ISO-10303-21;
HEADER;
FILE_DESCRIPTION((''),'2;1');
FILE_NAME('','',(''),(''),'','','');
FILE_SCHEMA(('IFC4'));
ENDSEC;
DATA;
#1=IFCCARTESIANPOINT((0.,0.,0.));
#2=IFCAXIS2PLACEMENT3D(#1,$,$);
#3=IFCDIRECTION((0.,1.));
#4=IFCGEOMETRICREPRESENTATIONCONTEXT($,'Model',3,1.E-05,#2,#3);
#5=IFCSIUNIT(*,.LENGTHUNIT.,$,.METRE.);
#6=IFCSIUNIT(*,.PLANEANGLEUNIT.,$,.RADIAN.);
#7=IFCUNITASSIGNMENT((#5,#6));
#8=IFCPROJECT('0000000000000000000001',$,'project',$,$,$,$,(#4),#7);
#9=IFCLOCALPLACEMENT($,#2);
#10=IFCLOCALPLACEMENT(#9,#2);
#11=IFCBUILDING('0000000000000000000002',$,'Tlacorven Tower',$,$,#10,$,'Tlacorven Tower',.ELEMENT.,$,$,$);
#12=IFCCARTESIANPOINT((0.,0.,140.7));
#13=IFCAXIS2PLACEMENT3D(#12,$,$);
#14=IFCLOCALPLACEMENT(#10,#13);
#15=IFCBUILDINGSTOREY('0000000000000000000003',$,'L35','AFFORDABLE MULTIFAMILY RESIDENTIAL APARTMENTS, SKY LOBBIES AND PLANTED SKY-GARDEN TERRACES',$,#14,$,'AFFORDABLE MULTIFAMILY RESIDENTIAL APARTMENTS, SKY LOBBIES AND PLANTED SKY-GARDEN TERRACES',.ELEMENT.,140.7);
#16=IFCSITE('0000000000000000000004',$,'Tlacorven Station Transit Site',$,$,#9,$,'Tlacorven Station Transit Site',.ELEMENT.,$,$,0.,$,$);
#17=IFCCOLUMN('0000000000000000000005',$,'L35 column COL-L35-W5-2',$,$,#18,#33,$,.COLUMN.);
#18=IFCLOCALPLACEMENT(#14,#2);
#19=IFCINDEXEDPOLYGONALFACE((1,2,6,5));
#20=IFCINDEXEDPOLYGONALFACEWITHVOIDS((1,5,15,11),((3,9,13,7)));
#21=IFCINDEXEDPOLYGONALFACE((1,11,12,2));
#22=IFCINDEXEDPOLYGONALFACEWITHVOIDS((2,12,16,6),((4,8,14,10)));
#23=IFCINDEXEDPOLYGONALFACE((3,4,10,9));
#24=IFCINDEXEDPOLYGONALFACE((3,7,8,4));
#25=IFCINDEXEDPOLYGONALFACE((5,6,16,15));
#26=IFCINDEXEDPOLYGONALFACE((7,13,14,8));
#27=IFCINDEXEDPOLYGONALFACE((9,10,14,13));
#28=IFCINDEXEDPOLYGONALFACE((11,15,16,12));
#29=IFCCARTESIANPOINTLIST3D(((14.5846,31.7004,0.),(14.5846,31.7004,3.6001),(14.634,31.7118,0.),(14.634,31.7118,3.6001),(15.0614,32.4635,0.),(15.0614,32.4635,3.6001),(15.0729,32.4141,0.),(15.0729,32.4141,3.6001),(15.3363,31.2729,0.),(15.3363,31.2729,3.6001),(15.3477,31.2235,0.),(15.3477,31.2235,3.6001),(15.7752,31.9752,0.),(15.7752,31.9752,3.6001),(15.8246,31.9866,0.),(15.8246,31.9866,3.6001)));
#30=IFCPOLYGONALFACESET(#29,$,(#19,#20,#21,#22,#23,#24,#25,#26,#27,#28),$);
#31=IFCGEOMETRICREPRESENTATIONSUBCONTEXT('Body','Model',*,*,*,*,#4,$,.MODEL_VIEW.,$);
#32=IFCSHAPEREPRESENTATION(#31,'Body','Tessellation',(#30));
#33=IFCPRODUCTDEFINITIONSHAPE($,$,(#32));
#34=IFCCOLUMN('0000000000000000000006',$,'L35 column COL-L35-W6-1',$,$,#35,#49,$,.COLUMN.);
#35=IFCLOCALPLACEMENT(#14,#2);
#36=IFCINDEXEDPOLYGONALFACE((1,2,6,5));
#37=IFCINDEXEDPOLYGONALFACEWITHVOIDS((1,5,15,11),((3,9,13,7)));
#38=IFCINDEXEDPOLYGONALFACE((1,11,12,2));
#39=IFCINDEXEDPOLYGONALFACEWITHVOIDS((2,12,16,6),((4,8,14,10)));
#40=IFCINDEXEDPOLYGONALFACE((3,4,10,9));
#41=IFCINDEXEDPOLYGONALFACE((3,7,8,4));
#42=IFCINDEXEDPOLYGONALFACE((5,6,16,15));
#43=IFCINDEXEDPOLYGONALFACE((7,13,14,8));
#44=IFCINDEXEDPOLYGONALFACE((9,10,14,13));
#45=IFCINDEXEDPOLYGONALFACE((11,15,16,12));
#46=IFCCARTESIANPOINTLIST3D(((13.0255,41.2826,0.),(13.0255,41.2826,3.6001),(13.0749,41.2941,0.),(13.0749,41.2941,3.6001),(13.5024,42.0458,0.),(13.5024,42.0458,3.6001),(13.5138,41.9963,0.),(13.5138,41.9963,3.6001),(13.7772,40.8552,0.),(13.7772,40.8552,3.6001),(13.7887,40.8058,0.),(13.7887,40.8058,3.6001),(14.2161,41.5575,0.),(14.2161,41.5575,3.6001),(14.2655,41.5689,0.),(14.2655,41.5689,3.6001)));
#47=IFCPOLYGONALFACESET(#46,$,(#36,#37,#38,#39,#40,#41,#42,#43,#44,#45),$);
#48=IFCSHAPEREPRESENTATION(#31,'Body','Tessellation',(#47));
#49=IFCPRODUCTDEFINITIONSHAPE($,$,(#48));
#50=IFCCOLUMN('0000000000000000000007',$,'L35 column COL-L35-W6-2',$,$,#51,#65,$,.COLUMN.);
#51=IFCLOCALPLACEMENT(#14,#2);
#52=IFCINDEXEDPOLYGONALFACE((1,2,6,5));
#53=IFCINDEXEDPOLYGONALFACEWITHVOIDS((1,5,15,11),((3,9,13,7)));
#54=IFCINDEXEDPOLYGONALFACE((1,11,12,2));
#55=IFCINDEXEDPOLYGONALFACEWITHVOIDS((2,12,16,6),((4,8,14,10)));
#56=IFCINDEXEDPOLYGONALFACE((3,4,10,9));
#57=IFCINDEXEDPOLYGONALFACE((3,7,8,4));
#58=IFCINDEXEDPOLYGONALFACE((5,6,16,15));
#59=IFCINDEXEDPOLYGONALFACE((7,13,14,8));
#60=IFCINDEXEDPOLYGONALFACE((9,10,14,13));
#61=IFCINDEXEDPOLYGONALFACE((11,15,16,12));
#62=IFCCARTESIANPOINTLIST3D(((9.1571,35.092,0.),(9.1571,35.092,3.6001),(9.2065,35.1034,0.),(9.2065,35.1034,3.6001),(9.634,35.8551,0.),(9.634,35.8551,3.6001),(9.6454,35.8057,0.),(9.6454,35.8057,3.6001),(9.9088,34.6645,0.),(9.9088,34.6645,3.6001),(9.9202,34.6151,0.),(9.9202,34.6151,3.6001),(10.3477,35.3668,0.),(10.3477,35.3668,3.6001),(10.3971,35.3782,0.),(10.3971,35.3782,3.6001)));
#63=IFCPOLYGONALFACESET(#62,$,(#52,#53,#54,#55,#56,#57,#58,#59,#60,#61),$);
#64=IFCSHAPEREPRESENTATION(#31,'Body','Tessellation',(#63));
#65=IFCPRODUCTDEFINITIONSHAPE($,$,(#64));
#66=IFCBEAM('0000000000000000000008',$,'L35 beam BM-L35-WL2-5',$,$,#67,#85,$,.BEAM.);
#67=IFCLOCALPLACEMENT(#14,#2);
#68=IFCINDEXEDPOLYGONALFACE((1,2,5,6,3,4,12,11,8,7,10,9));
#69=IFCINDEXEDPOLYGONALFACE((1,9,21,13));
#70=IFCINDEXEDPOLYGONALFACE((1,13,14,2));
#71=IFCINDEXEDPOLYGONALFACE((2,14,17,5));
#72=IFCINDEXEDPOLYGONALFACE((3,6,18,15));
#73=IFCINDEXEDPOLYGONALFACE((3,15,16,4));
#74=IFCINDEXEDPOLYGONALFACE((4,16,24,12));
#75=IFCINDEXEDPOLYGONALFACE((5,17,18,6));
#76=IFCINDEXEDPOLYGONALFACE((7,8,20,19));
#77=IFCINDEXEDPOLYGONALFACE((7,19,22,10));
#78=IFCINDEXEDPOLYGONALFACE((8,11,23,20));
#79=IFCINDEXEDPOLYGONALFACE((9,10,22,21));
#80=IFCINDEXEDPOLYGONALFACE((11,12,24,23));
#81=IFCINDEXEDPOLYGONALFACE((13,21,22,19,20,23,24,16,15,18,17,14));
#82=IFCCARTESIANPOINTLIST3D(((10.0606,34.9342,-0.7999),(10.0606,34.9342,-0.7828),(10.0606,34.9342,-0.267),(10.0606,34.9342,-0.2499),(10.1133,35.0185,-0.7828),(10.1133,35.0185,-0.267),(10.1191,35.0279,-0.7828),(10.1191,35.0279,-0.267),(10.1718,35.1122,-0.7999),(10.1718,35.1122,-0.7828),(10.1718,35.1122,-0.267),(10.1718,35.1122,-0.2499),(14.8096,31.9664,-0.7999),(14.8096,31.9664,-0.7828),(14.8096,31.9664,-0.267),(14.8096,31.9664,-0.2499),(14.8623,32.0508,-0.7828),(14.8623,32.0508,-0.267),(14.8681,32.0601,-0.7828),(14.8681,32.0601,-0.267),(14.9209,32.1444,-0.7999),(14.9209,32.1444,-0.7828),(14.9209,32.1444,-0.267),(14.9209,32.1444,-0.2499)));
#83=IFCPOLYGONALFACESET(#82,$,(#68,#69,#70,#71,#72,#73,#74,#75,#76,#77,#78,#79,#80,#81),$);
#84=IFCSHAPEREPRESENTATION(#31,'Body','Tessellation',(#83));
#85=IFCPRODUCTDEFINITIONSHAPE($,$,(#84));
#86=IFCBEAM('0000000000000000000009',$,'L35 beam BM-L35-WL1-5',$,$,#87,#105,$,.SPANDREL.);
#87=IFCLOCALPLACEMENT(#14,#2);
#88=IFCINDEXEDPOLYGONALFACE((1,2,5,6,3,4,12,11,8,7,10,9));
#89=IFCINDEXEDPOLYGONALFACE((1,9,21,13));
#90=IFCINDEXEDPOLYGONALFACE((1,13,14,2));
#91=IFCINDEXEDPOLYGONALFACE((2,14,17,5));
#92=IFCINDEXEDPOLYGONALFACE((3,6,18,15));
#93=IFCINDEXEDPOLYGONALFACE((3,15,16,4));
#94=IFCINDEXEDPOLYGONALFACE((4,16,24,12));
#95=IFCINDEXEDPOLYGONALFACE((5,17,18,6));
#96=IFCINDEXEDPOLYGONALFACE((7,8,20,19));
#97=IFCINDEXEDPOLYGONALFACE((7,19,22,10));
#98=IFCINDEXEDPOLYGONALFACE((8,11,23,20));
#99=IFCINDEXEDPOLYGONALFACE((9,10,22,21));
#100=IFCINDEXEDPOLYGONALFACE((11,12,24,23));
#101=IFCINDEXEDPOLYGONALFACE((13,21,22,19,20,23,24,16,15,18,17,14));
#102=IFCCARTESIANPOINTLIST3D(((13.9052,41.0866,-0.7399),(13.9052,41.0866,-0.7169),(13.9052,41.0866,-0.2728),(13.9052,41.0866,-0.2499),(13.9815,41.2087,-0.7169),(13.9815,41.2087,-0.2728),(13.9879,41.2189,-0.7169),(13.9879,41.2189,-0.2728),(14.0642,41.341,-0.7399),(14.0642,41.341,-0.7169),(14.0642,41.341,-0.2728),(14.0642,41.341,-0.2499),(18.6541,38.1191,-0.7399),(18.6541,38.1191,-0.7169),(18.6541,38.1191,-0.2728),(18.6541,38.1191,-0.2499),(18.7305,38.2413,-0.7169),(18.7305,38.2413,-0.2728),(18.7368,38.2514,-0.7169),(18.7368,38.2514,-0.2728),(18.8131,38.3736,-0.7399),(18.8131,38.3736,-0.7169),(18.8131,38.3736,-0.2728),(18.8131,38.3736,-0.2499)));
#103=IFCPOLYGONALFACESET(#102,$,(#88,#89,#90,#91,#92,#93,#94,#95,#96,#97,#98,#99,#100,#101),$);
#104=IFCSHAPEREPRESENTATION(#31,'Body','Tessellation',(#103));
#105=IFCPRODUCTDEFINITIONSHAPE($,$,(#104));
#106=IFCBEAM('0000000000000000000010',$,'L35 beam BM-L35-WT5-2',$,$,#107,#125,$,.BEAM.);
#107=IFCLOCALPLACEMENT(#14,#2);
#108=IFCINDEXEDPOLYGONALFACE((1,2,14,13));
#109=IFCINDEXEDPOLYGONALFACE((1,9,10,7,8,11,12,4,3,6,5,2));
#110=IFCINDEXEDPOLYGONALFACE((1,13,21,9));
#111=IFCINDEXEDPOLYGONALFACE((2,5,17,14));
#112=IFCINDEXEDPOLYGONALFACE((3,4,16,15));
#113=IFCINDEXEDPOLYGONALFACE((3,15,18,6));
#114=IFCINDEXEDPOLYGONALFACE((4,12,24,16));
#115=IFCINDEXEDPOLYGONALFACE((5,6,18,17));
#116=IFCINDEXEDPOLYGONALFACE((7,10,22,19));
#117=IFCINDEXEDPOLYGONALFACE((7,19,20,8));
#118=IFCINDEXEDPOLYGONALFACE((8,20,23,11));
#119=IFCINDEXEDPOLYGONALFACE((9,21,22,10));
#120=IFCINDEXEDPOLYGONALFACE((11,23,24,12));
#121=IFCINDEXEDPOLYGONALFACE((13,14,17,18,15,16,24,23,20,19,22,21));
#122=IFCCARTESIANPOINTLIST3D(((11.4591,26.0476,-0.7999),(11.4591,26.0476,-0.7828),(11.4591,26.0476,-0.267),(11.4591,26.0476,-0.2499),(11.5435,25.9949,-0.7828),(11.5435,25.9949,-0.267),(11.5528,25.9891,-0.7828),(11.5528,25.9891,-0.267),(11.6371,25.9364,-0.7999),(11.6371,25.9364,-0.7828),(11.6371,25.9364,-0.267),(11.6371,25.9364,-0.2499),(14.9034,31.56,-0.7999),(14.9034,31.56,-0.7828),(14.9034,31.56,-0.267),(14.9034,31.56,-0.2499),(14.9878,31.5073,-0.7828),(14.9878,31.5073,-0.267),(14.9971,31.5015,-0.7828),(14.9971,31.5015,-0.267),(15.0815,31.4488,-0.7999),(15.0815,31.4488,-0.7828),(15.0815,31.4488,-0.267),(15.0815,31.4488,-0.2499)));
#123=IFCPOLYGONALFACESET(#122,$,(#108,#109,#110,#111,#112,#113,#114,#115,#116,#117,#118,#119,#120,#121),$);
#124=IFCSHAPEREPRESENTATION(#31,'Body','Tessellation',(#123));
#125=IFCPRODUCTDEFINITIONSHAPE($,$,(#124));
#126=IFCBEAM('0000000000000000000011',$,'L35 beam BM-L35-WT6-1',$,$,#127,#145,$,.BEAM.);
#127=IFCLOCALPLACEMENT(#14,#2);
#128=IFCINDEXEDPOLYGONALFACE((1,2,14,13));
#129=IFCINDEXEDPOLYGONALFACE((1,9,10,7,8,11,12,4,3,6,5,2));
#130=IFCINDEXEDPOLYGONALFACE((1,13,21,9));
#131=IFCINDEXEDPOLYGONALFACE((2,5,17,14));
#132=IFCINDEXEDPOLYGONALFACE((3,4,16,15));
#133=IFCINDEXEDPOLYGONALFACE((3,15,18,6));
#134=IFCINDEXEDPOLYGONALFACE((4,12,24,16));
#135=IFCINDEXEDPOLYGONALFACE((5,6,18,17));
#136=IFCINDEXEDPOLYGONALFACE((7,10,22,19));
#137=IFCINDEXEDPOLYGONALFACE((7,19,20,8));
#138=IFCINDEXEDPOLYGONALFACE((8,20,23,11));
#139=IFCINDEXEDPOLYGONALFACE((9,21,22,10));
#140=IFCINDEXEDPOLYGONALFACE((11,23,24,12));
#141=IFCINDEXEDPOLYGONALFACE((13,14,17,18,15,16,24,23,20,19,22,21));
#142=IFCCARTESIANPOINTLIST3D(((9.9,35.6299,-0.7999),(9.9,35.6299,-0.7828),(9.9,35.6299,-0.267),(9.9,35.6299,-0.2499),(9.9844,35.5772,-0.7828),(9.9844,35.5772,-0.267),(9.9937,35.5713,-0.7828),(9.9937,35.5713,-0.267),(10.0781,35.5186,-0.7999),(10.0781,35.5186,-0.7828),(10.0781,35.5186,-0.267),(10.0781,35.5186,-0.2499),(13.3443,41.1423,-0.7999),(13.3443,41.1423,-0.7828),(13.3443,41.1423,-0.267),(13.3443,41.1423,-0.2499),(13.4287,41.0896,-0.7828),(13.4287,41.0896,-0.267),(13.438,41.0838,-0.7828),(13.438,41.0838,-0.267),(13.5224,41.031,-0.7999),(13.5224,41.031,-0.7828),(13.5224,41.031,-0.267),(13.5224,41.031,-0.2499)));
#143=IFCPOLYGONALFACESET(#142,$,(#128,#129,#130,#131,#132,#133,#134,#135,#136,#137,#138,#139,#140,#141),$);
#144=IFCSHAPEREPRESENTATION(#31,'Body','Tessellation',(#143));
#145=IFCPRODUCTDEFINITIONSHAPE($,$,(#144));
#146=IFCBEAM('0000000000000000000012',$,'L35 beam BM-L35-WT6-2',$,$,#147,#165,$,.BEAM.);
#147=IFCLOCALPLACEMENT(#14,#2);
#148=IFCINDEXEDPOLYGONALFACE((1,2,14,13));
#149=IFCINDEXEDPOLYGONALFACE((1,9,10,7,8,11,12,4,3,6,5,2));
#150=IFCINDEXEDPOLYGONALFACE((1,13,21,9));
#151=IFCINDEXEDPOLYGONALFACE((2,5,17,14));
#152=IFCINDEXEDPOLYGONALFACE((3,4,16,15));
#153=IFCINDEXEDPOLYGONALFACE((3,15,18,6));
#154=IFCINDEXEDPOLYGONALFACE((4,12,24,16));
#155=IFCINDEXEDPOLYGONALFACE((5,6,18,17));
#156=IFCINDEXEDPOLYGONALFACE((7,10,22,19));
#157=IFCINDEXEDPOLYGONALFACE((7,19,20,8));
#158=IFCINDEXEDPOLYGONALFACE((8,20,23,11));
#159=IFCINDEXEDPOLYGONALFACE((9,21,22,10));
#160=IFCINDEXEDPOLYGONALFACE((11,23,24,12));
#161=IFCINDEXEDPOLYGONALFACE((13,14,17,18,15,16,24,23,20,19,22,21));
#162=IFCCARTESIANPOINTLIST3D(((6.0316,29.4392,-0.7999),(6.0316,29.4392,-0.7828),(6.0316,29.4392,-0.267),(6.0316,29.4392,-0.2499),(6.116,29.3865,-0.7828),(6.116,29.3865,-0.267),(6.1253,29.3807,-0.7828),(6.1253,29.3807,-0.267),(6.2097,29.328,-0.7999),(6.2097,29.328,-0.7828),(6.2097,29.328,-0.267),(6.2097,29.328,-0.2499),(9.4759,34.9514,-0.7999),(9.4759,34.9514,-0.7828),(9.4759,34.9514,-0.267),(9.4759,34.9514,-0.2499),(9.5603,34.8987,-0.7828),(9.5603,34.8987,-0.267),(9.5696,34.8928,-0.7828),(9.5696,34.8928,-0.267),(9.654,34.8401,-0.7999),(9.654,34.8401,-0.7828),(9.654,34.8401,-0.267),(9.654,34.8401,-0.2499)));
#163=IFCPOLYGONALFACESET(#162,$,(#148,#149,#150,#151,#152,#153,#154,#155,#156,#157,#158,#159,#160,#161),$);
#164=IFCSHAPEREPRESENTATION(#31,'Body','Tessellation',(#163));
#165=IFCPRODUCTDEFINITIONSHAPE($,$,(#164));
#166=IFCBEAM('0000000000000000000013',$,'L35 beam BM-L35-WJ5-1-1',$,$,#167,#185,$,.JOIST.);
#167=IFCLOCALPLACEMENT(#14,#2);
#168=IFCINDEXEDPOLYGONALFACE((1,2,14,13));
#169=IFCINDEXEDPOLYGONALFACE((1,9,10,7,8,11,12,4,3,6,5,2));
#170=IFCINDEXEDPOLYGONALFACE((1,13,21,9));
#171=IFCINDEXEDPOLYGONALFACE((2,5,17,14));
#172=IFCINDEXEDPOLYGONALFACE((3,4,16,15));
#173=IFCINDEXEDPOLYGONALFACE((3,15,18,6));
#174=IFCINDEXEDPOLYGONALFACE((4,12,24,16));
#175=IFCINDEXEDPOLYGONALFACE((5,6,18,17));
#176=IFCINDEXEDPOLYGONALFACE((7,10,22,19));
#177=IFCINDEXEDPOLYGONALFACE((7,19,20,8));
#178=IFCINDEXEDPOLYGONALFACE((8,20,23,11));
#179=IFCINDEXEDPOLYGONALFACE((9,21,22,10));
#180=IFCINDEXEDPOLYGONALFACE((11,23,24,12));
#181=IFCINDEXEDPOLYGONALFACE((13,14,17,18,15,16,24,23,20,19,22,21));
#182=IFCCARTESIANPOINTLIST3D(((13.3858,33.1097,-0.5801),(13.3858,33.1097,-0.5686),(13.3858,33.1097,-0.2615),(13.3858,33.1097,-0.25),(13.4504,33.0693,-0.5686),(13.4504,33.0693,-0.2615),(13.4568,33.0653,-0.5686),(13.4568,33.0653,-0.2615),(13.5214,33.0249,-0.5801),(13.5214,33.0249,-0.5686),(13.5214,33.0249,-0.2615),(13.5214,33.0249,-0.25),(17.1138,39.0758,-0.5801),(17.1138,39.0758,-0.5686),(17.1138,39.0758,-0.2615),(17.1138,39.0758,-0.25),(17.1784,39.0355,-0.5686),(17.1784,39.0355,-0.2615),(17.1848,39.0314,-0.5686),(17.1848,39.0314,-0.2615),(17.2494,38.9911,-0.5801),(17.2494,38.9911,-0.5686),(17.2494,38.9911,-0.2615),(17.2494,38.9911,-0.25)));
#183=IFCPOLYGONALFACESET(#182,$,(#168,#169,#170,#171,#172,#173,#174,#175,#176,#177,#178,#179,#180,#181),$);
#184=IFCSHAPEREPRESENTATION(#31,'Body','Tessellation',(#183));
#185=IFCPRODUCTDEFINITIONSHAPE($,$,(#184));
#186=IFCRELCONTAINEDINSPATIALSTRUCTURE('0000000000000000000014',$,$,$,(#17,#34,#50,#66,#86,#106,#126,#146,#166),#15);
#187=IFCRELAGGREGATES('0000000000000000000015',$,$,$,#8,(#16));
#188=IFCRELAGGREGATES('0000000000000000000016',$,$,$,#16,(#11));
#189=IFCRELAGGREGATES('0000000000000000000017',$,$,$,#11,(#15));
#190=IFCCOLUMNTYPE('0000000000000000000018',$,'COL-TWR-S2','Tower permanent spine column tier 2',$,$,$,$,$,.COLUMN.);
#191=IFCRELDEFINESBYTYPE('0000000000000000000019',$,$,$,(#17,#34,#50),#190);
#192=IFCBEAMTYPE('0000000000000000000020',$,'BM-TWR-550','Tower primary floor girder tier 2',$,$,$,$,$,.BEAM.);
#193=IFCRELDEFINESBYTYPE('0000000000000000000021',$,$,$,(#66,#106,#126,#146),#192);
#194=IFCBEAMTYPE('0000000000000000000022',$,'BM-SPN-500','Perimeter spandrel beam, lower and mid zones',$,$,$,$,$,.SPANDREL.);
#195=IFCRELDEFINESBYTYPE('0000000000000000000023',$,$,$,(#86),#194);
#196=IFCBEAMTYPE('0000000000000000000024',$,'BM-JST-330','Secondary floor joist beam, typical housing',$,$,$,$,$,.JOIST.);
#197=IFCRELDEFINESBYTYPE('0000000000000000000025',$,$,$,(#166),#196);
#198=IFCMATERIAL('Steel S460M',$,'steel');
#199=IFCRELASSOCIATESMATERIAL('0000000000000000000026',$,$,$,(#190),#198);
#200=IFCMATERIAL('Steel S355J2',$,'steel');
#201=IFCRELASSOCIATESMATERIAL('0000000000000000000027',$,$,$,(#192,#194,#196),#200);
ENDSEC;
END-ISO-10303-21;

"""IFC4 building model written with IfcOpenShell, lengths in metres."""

from ifc_helpers import new_model, si_unit, direction, frame, origin, origin_2d, place, context, subcontext, project, spatial, hollow_rectangle, i_section, extrude, source, transform, mapped, material, material_profile, profile_set, type_object, element, save


model = new_model("IFC4")

# Units and contexts
model_context = context("Model", 3, precision=1e-05, world=origin(), true_north=direction((0.0, 1.0)))
body_context = subcontext(model_context, "Body", "Model", "MODEL_VIEW")
ifc_project = project(units=[si_unit("LENGTHUNIT", "METRE"), si_unit("PLANEANGLEUNIT", "RADIAN")], contexts=[model_context])

# Site, building, storey
site_placement = place(None, origin())
site = spatial("IfcSite", under=ifc_project, at=site_placement, Name="Tlacorven Station Transit Site", LongName="Tlacorven Station Transit Site", CompositionType="ELEMENT", RefElevation=0.0)
building_placement = place(site_placement, origin())
building = spatial("IfcBuilding", under=site, at=building_placement, Name="Tlacorven Tower", LongName="Tlacorven Tower", CompositionType="ELEMENT")
storey_placement = place(building_placement, frame((0.0, 0.0, 140.7)))
storey = spatial("IfcBuildingStorey", under=building, at=storey_placement, Name="L35", Description="AFFORDABLE MULTIFAMILY RESIDENTIAL APARTMENTS, SKY LOBBIES AND PLANTED SKY-GARDEN TERRACES", LongName="AFFORDABLE MULTIFAMILY RESIDENTIAL APARTMENTS, SKY LOBBIES AND PLANTED SKY-GARDEN TERRACES", CompositionType="ELEMENT", Elevation=140.7)

# Columns
ifc_material_1 = material(Name="Steel S460M", Category="steel")
ifc_material_profile_1 = material_profile(ifc_material_1, hollow_rectangle(XDim=0.8999, YDim=0.8999, WallThickness=0.0359, at=origin_2d()), Name="BOX 900X900X36")
ifc_profile_set_1 = profile_set([ifc_material_profile_1], Name="Steel S460M")
column_type = type_object("IfcColumnType", Name="COL-TWR-S2", Description="Tower permanent spine column tier 2", PredefinedType="COLUMN", material=ifc_profile_set_1)
shared_shape_1 = source(origin(), body_context, "Body", "SweptSolid", [
    extrude(hollow_rectangle(XDim=0.8999, YDim=0.8999, WallThickness=0.0359, at=origin_2d()), origin(), (0.0, 0.0, 1.0), 3.6001),
])
for number, where, z_axis, x_axis, name in (
    (1, (15.2046, 31.8435, 0.0), (0.0, 0.0, 1.0), (-0.848048, 0.529919, 0.0), "L35 column COL-L35-W5-2"),
    (2, (13.6455, 41.4258, 0.0), (0.0, 0.0, 1.0), (-0.848048, 0.529919, 0.0), "L35 column COL-L35-W6-1"),
    (3, (9.7771, 35.2351, 0.0), (0.0, 0.0, 1.0), (-0.848048, 0.529919, 0.0), "L35 column COL-L35-W6-2"),
):
    element("IfcColumn", number, at=place(storey_placement, frame(where, z_axis=z_axis, x_axis=x_axis)), inside=storey, type_object=column_type, Name=name, PredefinedType="COLUMN", context=body_context, shape_type="MappedRepresentation", body=[
        mapped(shared_shape_1, transform((0.0, 0.0, 0.0), scale=1.0)),
    ])

# Beams
ifc_material_2 = material(Name="Steel S355J2", Category="steel")
ifc_material_profile_2 = material_profile(ifc_material_2, i_section(OverallWidth=0.21, OverallDepth=0.55, WebThickness=0.011, FlangeThickness=0.0171, at=origin_2d()), Name="IPE 550")
ifc_profile_set_2 = profile_set([ifc_material_profile_2], Name="Steel S355J2")
beam_type_1 = type_object("IfcBeamType", Name="BM-TWR-550", Description="Tower primary floor girder tier 2", PredefinedType="BEAM", material=ifc_profile_set_2)
shared_shape_2 = source(origin(), body_context, "Body", "SweptSolid", [
    extrude(i_section(OverallWidth=0.21, OverallDepth=0.55, WebThickness=0.011, FlangeThickness=0.0171, at=origin_2d()), origin(), (0.0, 0.0, 1.0), 5.6001),
])
beam_1_placement = place(storey_placement, frame((14.8652, 32.0554, -0.5249), z_axis=(-0.848028, 0.529952, 0.0), x_axis=(-0.529952, -0.848028, 0.0)))
element("IfcBeam", 4, at=beam_1_placement, inside=storey, type_object=beam_type_1, Name="L35 beam BM-L35-WL2-5", PredefinedType="BEAM", context=body_context, shape_type="MappedRepresentation", body=[
    mapped(shared_shape_2, transform((0.0, 0.0, 0.0), scale=1.0)),
])
ifc_material_profile_3 = material_profile(ifc_material_2, i_section(OverallWidth=0.3, OverallDepth=0.49, WebThickness=0.012, FlangeThickness=0.0229, at=origin_2d()), Name="HEA 500")
ifc_profile_set_3 = profile_set([ifc_material_profile_3], Name="Steel S355J2")
beam_type_2 = type_object("IfcBeamType", Name="BM-SPN-500", Description="Perimeter spandrel beam, lower and mid zones", PredefinedType="SPANDREL", material=ifc_profile_set_3)
shared_shape_3 = source(origin(), body_context, "Body", "SweptSolid", [
    extrude(i_section(OverallWidth=0.3, OverallDepth=0.49, WebThickness=0.012, FlangeThickness=0.0229, at=origin_2d()), origin(), (0.0, 0.0, 1.0), 5.5999),
])
beam_2_placement = place(storey_placement, frame((18.7336, 38.2463, -0.4949), z_axis=(-0.848047, 0.529921, 0.0), x_axis=(-0.529921, -0.848047, 0.0)))
element("IfcBeam", 5, at=beam_2_placement, inside=storey, type_object=beam_type_2, Name="L35 beam BM-L35-WL1-5", PredefinedType="SPANDREL", context=body_context, shape_type="MappedRepresentation", body=[
    mapped(shared_shape_3, transform((0.0, 0.0, 0.0), scale=1.0)),
])
shared_shape_4 = source(origin(), body_context, "Body", "SweptSolid", [
    extrude(i_section(OverallWidth=0.21, OverallDepth=0.55, WebThickness=0.011, FlangeThickness=0.0171, at=origin_2d()), origin(), (0.0, 0.0, 1.0), 6.5),
])
for number, where, z_axis, x_axis, name in (
    (6, (14.9924, 31.5044, -0.5249), (-0.529894, -0.848064, 0.0), (0.848064, -0.529894, 0.0), "L35 beam BM-L35-WT5-2"),
    (7, (13.4333, 41.0867, -0.5249), (-0.529894, -0.848064, 0.0), (0.848064, -0.529894, 0.0), "L35 beam BM-L35-WT6-1"),
):
    element("IfcBeam", number, at=place(storey_placement, frame(where, z_axis=z_axis, x_axis=x_axis)), inside=storey, type_object=beam_type_1, Name=name, PredefinedType="BEAM", context=body_context, shape_type="MappedRepresentation", body=[
        mapped(shared_shape_4, transform((0.0, 0.0, 0.0), scale=1.0)),
    ])
shared_shape_5 = source(origin(), body_context, "Body", "SweptSolid", [
    extrude(i_section(OverallWidth=0.21, OverallDepth=0.55, WebThickness=0.011, FlangeThickness=0.0171, at=origin_2d()), origin(), (0.0, 0.0, 1.0), 6.4998),
])
beam_3_placement = place(storey_placement, frame((9.5649, 34.8958, -0.5249), z_axis=(-0.529911, -0.848053, 0.0), x_axis=(0.848053, -0.529911, 0.0)))
element("IfcBeam", 8, at=beam_3_placement, inside=storey, type_object=beam_type_1, Name="L35 beam BM-L35-WT6-2", PredefinedType="BEAM", context=body_context, shape_type="MappedRepresentation", body=[
    mapped(shared_shape_5, transform((0.0, 0.0, 0.0), scale=1.0)),
])
ifc_material_profile_4 = material_profile(ifc_material_2, i_section(OverallWidth=0.1599, OverallDepth=0.3301, WebThickness=0.0076, FlangeThickness=0.0115, at=origin_2d()), Name="IPE 330")
ifc_profile_set_4 = profile_set([ifc_material_profile_4], Name="Steel S355J2")
beam_type_3 = type_object("IfcBeamType", Name="BM-JST-330", Description="Secondary floor joist beam, typical housing", PredefinedType="JOIST", material=ifc_profile_set_4)
shared_shape_6 = source(origin(), body_context, "Body", "SweptSolid", [
    extrude(i_section(OverallWidth=0.1599, OverallDepth=0.3301, WebThickness=0.0076, FlangeThickness=0.0115, at=origin_2d()), origin(), (0.0, 0.0, 1.0), 7.0352),
])
beam_4_placement = place(storey_placement, frame((17.1816, 39.0334, -0.415), z_axis=(-0.529921, -0.848047, 0.0), x_axis=(0.848047, -0.529921, 0.0)))
element("IfcBeam", 9, at=beam_4_placement, inside=storey, type_object=beam_type_3, Name="L35 beam BM-L35-WJ5-1-1", PredefinedType="JOIST", context=body_context, shape_type="MappedRepresentation", body=[
    mapped(shared_shape_6, transform((0.0, 0.0, 0.0), scale=1.0)),
])

save(model, "model.ifc")
